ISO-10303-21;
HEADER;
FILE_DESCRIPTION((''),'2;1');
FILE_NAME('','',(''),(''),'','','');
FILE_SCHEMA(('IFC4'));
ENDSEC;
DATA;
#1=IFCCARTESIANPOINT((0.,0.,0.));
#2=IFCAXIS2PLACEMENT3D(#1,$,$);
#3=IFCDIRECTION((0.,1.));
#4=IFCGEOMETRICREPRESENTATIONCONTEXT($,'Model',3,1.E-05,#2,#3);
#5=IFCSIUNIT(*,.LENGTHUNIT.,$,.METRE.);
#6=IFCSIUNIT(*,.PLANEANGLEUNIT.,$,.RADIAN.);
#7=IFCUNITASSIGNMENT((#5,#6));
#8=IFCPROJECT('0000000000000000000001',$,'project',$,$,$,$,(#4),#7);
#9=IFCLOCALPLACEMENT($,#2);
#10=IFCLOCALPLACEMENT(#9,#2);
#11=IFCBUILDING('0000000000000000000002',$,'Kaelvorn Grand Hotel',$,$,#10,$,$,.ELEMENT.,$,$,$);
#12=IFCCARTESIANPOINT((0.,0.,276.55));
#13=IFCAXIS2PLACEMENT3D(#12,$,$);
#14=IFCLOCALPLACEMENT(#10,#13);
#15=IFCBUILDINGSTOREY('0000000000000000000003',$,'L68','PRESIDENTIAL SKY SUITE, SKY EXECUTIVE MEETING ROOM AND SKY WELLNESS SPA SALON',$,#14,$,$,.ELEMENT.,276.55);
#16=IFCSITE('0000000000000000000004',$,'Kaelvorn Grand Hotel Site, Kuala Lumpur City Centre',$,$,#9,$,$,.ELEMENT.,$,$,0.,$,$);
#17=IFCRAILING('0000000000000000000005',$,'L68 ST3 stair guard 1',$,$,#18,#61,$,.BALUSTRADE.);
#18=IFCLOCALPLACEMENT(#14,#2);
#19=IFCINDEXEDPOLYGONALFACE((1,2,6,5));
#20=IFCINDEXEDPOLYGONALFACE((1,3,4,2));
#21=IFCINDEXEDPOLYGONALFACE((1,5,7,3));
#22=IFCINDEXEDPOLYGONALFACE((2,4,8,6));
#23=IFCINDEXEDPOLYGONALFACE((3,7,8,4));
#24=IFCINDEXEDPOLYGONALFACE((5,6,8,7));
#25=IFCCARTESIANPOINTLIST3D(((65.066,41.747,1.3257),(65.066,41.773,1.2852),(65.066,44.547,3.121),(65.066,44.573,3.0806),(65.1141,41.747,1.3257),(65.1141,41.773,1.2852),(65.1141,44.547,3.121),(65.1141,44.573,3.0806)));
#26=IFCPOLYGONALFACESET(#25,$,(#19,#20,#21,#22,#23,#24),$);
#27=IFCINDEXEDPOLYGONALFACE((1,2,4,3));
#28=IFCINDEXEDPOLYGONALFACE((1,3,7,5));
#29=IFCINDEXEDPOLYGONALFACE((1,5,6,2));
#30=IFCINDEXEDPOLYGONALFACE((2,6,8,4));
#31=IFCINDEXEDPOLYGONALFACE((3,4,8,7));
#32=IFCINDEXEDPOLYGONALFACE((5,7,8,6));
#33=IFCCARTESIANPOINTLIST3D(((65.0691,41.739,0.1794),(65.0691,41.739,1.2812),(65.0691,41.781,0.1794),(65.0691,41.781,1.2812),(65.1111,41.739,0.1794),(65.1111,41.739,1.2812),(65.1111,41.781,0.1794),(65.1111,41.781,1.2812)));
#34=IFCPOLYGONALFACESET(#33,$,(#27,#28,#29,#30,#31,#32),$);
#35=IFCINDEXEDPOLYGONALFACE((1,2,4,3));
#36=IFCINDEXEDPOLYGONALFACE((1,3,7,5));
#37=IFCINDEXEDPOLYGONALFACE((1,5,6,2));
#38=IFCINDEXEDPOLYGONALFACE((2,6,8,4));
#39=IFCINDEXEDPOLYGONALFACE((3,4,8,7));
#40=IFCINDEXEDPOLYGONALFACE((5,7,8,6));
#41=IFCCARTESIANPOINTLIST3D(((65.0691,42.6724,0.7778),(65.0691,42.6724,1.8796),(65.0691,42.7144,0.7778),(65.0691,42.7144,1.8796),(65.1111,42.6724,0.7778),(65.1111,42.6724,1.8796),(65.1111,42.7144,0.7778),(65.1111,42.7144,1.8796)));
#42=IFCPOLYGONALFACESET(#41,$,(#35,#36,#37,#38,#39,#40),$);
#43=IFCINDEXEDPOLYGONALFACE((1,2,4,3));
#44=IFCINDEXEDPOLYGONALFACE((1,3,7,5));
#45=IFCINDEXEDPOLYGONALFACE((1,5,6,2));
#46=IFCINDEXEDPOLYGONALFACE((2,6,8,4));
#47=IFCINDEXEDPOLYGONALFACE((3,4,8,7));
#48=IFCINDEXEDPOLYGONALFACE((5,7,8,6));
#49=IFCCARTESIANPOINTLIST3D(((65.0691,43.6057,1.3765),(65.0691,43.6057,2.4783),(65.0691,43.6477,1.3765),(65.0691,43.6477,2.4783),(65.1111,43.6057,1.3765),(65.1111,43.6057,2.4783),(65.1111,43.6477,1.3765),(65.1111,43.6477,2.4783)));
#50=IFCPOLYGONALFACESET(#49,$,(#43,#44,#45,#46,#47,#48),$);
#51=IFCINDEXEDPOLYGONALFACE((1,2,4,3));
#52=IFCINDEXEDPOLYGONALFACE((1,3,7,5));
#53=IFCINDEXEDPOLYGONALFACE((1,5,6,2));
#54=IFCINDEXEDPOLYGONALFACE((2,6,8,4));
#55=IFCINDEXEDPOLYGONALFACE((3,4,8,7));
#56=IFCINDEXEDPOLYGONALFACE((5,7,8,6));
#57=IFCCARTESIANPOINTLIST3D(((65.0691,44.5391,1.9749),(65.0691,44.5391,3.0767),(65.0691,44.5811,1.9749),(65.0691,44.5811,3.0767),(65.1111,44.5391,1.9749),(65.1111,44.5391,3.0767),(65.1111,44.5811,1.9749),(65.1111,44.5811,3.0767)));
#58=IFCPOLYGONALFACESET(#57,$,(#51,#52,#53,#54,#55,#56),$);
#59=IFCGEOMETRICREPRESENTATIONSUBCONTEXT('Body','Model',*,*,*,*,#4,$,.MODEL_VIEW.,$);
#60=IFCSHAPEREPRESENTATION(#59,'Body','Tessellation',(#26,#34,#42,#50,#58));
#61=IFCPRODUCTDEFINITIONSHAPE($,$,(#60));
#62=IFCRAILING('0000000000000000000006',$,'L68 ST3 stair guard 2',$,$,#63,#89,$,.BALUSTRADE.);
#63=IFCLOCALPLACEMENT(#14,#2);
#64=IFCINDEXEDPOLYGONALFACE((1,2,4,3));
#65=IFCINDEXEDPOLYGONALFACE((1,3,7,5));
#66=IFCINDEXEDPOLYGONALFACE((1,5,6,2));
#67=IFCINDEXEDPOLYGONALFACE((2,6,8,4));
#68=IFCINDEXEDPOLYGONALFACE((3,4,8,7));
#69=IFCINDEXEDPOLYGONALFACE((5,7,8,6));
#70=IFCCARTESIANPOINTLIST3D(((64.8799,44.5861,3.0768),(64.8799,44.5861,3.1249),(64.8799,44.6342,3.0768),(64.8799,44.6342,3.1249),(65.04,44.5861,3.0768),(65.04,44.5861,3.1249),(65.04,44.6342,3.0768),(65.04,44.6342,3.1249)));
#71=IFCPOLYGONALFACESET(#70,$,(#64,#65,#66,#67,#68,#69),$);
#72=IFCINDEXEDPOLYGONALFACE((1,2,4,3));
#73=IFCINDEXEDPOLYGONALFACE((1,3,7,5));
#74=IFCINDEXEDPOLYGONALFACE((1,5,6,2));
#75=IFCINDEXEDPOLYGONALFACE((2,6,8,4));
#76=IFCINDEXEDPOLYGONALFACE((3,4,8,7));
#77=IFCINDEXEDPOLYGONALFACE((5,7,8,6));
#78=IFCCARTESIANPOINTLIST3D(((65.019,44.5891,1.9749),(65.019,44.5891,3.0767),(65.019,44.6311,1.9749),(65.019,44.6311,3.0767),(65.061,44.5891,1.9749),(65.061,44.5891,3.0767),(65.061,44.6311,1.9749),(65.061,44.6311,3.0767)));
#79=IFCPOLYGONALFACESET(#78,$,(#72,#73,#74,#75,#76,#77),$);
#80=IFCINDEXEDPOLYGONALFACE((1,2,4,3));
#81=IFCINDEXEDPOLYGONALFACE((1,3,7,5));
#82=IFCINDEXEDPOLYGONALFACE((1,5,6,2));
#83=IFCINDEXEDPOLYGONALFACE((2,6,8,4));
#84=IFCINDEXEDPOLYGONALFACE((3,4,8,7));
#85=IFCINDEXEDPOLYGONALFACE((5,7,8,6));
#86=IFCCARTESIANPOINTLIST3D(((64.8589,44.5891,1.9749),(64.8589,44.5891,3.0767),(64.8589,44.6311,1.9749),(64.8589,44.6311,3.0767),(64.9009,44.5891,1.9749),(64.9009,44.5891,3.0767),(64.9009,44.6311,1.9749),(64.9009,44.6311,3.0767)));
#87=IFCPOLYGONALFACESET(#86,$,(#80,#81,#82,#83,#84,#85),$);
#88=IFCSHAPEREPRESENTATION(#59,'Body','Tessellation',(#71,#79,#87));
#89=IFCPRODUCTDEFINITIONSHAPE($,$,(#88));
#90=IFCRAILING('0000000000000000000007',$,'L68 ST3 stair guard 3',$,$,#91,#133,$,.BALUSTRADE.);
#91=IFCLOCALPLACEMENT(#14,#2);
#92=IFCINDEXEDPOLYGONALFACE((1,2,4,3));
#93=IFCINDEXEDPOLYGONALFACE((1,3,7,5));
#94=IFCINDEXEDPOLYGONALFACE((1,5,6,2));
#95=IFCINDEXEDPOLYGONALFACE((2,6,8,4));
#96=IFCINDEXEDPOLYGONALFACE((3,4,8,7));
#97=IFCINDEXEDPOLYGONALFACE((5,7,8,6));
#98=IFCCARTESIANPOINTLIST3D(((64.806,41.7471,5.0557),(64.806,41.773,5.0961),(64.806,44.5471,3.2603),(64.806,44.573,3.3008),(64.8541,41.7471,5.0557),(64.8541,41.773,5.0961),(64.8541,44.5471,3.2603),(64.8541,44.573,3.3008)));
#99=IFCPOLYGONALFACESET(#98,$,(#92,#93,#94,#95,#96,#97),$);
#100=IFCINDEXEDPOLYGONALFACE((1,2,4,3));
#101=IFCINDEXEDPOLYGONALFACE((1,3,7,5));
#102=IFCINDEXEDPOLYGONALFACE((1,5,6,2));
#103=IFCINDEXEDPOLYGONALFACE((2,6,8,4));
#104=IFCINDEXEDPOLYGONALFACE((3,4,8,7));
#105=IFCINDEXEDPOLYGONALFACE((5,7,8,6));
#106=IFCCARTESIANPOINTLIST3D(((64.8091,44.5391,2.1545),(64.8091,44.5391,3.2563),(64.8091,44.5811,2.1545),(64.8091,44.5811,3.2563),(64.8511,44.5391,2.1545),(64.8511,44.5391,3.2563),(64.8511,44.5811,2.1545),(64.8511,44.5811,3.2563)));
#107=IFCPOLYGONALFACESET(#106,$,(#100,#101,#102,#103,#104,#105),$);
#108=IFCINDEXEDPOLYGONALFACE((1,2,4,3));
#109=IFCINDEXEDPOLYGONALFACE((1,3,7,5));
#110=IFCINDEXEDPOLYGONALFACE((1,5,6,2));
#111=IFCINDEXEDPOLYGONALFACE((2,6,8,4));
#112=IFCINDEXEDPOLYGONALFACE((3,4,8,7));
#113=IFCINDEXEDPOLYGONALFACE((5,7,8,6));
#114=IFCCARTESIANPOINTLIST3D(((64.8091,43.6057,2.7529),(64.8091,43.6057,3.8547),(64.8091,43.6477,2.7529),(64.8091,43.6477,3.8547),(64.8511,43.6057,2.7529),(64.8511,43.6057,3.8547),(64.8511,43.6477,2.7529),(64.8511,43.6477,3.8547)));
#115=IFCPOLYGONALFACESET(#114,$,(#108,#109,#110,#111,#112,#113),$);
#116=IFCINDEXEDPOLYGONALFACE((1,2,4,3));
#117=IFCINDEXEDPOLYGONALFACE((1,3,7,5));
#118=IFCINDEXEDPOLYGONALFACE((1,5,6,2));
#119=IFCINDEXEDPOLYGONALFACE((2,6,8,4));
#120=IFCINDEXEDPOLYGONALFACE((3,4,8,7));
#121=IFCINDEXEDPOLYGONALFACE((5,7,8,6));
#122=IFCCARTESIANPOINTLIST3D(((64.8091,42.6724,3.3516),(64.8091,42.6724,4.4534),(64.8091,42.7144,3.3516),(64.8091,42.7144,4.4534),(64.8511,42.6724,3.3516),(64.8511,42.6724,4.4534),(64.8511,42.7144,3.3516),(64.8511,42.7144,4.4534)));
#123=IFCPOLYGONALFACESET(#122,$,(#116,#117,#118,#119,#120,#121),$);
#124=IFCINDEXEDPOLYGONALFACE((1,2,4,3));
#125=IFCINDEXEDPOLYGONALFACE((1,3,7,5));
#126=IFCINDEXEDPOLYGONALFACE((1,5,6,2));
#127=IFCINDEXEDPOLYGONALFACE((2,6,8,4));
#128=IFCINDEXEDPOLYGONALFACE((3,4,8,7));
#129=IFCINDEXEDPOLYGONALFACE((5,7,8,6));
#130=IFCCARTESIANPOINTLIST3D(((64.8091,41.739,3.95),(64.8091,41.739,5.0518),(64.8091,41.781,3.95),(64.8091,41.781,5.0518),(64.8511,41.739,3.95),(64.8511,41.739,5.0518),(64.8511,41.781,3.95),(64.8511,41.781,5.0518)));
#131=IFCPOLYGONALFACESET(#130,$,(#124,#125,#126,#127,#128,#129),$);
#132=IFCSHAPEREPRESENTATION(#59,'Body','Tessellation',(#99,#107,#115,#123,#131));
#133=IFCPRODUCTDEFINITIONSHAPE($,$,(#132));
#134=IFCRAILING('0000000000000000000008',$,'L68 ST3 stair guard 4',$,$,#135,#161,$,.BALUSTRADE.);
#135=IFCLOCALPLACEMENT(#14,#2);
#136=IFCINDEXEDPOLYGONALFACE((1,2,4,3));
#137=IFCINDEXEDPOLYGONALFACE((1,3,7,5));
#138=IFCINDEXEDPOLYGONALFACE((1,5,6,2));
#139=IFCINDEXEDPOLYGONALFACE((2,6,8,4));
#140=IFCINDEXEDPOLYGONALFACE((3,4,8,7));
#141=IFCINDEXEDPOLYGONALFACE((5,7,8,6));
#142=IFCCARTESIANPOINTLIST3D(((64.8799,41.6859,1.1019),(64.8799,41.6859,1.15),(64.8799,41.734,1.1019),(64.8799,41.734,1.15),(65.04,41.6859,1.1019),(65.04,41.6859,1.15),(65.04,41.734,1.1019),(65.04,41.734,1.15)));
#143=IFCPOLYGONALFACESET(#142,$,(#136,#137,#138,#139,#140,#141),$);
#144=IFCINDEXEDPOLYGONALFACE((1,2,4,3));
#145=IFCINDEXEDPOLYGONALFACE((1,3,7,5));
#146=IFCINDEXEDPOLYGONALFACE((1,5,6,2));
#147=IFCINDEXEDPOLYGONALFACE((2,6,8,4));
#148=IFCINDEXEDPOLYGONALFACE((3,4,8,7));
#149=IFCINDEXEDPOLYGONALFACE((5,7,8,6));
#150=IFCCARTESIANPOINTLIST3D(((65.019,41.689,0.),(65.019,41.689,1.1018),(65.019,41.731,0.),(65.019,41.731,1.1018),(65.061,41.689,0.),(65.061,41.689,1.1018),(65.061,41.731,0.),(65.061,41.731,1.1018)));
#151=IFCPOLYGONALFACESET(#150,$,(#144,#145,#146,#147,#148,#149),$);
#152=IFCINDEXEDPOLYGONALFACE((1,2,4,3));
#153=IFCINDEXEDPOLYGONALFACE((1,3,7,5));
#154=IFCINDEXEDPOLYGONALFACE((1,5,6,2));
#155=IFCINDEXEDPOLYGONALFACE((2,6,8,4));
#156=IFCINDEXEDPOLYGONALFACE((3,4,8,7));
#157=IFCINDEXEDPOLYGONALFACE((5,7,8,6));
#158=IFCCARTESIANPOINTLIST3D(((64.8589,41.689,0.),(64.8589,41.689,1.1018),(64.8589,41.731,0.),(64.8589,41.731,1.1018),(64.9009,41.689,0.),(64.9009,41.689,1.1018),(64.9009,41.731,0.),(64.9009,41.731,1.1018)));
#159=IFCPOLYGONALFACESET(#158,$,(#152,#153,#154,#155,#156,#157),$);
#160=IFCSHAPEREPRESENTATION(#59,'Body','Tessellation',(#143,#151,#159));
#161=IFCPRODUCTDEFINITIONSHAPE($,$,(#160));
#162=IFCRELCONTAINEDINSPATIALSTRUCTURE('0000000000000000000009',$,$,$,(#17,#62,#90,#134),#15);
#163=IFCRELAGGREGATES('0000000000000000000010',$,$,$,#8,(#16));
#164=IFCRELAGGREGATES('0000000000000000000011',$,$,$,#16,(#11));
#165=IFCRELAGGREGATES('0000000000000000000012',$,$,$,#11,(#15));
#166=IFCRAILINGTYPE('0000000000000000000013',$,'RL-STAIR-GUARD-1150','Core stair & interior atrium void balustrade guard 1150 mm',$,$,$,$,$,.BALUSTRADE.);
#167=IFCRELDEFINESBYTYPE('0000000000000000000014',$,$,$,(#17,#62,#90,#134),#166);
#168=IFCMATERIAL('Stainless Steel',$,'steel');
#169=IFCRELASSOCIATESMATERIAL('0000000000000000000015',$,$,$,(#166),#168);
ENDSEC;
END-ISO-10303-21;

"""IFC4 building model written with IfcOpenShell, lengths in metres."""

from ifc_helpers import new_model, si_unit, direction, frame, origin, origin_2d, place, context, subcontext, project, spatial, rectangle, extrude, material, type_object, element, save


model = new_model("IFC4")

# Units and contexts
model_context = context("Model", 3, precision=1e-05, world=origin(), true_north=direction((0.0, 1.0)))
body_context = subcontext(model_context, "Body", "Model", "MODEL_VIEW")
ifc_project = project(units=[si_unit("LENGTHUNIT", "METRE"), si_unit("PLANEANGLEUNIT", "RADIAN")], contexts=[model_context])

# Site, building, storey
site_placement = place(None, origin())
site = spatial("IfcSite", under=ifc_project, at=site_placement, Name="Kaelvorn Grand Hotel Site, Kuala Lumpur City Centre", CompositionType="ELEMENT", RefElevation=0.0)
building_placement = place(site_placement, origin())
building = spatial("IfcBuilding", under=site, at=building_placement, Name="Kaelvorn Grand Hotel", CompositionType="ELEMENT")
storey_placement = place(building_placement, frame((0.0, 0.0, 276.55)))
storey = spatial("IfcBuildingStorey", under=building, at=storey_placement, Name="L68", Description="PRESIDENTIAL SKY SUITE, SKY EXECUTIVE MEETING ROOM AND SKY WELLNESS SPA SALON", CompositionType="ELEMENT", Elevation=276.55)

# Shared definitions
ifc_material_1 = material(Name="Stainless Steel", Category="steel")

# Railings
railing_type_1 = type_object("IfcRailingType", Name="RL-STAIR-GUARD-1150", Description="Core stair & interior atrium void balustrade guard 1150 mm", PredefinedType="BALUSTRADE", material=ifc_material_1)
railing_1_placement = place(storey_placement, frame((65.0901, 41.76, 0.1794)))
element("IfcRailing", 1, at=railing_1_placement, inside=storey, type_object=railing_type_1, Name="L68 ST3 stair guard 1", PredefinedType="BALUSTRADE", context=body_context, shape_type="SweptSolid", body=[
    extrude(rectangle(XDim=0.0481, YDim=0.0481, at=origin_2d()), frame((0.0, 0.0, 1.126), z_axis=(0.0, 0.84181, 0.539774), x_axis=(-1.0, 0.0, 0.0)), (0.0, 0.0, 1.0), 3.3262),
    extrude(rectangle(XDim=0.042, YDim=0.042, at=origin_2d()), origin(), (0.0, 0.0, 1.0), 1.1018),
    extrude(rectangle(XDim=0.042, YDim=0.042, at=origin_2d()), frame((0.0, 0.9333, 0.5984)), (0.0, 0.0, 1.0), 1.1018),
    extrude(rectangle(XDim=0.042, YDim=0.042, at=origin_2d()), frame((0.0, 1.8667, 1.197)), (0.0, 0.0, 1.0), 1.1018),
    extrude(rectangle(XDim=0.042, YDim=0.042, at=origin_2d()), frame((0.0, 2.8, 1.7954)), (0.0, 0.0, 1.0), 1.1018),
])
railing_2_placement = place(storey_placement, frame((65.04, 44.6101, 1.9749)))
element("IfcRailing", 2, at=railing_2_placement, inside=storey, type_object=railing_type_1, Name="L68 ST3 stair guard 2", PredefinedType="BALUSTRADE", context=body_context, shape_type="SweptSolid", body=[
    extrude(rectangle(XDim=0.0481, YDim=0.0481, at=origin_2d()), frame((0.0, 0.0, 1.126), z_axis=(-1.0, 0.0, 0.0), x_axis=(0.0, -1.0, 0.0)), (0.0, 0.0, 1.0), 0.1602),
    extrude(rectangle(XDim=0.042, YDim=0.042, at=origin_2d()), origin(), (0.0, 0.0, 1.0), 1.1018),
    extrude(rectangle(XDim=0.042, YDim=0.042, at=origin_2d()), frame((-0.1602, 0.0, 0.0)), (0.0, 0.0, 1.0), 1.1018),
])
railing_3_placement = place(storey_placement, frame((64.8301, 44.5601, 2.1545)))
element("IfcRailing", 3, at=railing_3_placement, inside=storey, type_object=railing_type_1, Name="L68 ST3 stair guard 3", PredefinedType="BALUSTRADE", context=body_context, shape_type="SweptSolid", body=[
    extrude(rectangle(XDim=0.0481, YDim=0.0481, at=origin_2d()), frame((0.0, 0.0, 1.126), z_axis=(0.0, -0.84181, 0.539774), x_axis=(1.0, 0.0, 0.0)), (0.0, 0.0, 1.0), 3.3262),
    extrude(rectangle(XDim=0.042, YDim=0.042, at=origin_2d()), origin(), (0.0, 0.0, 1.0), 1.1018),
    extrude(rectangle(XDim=0.042, YDim=0.042, at=origin_2d()), frame((0.0, -0.9333, 0.5984)), (0.0, 0.0, 1.0), 1.1018),
    extrude(rectangle(XDim=0.042, YDim=0.042, at=origin_2d()), frame((0.0, -1.8667, 1.197)), (0.0, 0.0, 1.0), 1.1018),
    extrude(rectangle(XDim=0.042, YDim=0.042, at=origin_2d()), frame((0.0, -2.8, 1.7954)), (0.0, 0.0, 1.0), 1.1018),
])
railing_4_placement = place(storey_placement, frame((65.04, 41.71, 0.0)))
element("IfcRailing", 4, at=railing_4_placement, inside=storey, type_object=railing_type_1, Name="L68 ST3 stair guard 4", PredefinedType="BALUSTRADE", context=body_context, shape_type="SweptSolid", body=[
    extrude(rectangle(XDim=0.0481, YDim=0.0481, at=origin_2d()), frame((0.0, 0.0, 1.126), z_axis=(-1.0, 0.0, 0.0), x_axis=(0.0, -1.0, 0.0)), (0.0, 0.0, 1.0), 0.1602),
    extrude(rectangle(XDim=0.042, YDim=0.042, at=origin_2d()), origin(), (0.0, 0.0, 1.0), 1.1018),
    extrude(rectangle(XDim=0.042, YDim=0.042, at=origin_2d()), frame((-0.1602, 0.0, 0.0)), (0.0, 0.0, 1.0), 1.1018),
])

save(model, "model.ifc")
